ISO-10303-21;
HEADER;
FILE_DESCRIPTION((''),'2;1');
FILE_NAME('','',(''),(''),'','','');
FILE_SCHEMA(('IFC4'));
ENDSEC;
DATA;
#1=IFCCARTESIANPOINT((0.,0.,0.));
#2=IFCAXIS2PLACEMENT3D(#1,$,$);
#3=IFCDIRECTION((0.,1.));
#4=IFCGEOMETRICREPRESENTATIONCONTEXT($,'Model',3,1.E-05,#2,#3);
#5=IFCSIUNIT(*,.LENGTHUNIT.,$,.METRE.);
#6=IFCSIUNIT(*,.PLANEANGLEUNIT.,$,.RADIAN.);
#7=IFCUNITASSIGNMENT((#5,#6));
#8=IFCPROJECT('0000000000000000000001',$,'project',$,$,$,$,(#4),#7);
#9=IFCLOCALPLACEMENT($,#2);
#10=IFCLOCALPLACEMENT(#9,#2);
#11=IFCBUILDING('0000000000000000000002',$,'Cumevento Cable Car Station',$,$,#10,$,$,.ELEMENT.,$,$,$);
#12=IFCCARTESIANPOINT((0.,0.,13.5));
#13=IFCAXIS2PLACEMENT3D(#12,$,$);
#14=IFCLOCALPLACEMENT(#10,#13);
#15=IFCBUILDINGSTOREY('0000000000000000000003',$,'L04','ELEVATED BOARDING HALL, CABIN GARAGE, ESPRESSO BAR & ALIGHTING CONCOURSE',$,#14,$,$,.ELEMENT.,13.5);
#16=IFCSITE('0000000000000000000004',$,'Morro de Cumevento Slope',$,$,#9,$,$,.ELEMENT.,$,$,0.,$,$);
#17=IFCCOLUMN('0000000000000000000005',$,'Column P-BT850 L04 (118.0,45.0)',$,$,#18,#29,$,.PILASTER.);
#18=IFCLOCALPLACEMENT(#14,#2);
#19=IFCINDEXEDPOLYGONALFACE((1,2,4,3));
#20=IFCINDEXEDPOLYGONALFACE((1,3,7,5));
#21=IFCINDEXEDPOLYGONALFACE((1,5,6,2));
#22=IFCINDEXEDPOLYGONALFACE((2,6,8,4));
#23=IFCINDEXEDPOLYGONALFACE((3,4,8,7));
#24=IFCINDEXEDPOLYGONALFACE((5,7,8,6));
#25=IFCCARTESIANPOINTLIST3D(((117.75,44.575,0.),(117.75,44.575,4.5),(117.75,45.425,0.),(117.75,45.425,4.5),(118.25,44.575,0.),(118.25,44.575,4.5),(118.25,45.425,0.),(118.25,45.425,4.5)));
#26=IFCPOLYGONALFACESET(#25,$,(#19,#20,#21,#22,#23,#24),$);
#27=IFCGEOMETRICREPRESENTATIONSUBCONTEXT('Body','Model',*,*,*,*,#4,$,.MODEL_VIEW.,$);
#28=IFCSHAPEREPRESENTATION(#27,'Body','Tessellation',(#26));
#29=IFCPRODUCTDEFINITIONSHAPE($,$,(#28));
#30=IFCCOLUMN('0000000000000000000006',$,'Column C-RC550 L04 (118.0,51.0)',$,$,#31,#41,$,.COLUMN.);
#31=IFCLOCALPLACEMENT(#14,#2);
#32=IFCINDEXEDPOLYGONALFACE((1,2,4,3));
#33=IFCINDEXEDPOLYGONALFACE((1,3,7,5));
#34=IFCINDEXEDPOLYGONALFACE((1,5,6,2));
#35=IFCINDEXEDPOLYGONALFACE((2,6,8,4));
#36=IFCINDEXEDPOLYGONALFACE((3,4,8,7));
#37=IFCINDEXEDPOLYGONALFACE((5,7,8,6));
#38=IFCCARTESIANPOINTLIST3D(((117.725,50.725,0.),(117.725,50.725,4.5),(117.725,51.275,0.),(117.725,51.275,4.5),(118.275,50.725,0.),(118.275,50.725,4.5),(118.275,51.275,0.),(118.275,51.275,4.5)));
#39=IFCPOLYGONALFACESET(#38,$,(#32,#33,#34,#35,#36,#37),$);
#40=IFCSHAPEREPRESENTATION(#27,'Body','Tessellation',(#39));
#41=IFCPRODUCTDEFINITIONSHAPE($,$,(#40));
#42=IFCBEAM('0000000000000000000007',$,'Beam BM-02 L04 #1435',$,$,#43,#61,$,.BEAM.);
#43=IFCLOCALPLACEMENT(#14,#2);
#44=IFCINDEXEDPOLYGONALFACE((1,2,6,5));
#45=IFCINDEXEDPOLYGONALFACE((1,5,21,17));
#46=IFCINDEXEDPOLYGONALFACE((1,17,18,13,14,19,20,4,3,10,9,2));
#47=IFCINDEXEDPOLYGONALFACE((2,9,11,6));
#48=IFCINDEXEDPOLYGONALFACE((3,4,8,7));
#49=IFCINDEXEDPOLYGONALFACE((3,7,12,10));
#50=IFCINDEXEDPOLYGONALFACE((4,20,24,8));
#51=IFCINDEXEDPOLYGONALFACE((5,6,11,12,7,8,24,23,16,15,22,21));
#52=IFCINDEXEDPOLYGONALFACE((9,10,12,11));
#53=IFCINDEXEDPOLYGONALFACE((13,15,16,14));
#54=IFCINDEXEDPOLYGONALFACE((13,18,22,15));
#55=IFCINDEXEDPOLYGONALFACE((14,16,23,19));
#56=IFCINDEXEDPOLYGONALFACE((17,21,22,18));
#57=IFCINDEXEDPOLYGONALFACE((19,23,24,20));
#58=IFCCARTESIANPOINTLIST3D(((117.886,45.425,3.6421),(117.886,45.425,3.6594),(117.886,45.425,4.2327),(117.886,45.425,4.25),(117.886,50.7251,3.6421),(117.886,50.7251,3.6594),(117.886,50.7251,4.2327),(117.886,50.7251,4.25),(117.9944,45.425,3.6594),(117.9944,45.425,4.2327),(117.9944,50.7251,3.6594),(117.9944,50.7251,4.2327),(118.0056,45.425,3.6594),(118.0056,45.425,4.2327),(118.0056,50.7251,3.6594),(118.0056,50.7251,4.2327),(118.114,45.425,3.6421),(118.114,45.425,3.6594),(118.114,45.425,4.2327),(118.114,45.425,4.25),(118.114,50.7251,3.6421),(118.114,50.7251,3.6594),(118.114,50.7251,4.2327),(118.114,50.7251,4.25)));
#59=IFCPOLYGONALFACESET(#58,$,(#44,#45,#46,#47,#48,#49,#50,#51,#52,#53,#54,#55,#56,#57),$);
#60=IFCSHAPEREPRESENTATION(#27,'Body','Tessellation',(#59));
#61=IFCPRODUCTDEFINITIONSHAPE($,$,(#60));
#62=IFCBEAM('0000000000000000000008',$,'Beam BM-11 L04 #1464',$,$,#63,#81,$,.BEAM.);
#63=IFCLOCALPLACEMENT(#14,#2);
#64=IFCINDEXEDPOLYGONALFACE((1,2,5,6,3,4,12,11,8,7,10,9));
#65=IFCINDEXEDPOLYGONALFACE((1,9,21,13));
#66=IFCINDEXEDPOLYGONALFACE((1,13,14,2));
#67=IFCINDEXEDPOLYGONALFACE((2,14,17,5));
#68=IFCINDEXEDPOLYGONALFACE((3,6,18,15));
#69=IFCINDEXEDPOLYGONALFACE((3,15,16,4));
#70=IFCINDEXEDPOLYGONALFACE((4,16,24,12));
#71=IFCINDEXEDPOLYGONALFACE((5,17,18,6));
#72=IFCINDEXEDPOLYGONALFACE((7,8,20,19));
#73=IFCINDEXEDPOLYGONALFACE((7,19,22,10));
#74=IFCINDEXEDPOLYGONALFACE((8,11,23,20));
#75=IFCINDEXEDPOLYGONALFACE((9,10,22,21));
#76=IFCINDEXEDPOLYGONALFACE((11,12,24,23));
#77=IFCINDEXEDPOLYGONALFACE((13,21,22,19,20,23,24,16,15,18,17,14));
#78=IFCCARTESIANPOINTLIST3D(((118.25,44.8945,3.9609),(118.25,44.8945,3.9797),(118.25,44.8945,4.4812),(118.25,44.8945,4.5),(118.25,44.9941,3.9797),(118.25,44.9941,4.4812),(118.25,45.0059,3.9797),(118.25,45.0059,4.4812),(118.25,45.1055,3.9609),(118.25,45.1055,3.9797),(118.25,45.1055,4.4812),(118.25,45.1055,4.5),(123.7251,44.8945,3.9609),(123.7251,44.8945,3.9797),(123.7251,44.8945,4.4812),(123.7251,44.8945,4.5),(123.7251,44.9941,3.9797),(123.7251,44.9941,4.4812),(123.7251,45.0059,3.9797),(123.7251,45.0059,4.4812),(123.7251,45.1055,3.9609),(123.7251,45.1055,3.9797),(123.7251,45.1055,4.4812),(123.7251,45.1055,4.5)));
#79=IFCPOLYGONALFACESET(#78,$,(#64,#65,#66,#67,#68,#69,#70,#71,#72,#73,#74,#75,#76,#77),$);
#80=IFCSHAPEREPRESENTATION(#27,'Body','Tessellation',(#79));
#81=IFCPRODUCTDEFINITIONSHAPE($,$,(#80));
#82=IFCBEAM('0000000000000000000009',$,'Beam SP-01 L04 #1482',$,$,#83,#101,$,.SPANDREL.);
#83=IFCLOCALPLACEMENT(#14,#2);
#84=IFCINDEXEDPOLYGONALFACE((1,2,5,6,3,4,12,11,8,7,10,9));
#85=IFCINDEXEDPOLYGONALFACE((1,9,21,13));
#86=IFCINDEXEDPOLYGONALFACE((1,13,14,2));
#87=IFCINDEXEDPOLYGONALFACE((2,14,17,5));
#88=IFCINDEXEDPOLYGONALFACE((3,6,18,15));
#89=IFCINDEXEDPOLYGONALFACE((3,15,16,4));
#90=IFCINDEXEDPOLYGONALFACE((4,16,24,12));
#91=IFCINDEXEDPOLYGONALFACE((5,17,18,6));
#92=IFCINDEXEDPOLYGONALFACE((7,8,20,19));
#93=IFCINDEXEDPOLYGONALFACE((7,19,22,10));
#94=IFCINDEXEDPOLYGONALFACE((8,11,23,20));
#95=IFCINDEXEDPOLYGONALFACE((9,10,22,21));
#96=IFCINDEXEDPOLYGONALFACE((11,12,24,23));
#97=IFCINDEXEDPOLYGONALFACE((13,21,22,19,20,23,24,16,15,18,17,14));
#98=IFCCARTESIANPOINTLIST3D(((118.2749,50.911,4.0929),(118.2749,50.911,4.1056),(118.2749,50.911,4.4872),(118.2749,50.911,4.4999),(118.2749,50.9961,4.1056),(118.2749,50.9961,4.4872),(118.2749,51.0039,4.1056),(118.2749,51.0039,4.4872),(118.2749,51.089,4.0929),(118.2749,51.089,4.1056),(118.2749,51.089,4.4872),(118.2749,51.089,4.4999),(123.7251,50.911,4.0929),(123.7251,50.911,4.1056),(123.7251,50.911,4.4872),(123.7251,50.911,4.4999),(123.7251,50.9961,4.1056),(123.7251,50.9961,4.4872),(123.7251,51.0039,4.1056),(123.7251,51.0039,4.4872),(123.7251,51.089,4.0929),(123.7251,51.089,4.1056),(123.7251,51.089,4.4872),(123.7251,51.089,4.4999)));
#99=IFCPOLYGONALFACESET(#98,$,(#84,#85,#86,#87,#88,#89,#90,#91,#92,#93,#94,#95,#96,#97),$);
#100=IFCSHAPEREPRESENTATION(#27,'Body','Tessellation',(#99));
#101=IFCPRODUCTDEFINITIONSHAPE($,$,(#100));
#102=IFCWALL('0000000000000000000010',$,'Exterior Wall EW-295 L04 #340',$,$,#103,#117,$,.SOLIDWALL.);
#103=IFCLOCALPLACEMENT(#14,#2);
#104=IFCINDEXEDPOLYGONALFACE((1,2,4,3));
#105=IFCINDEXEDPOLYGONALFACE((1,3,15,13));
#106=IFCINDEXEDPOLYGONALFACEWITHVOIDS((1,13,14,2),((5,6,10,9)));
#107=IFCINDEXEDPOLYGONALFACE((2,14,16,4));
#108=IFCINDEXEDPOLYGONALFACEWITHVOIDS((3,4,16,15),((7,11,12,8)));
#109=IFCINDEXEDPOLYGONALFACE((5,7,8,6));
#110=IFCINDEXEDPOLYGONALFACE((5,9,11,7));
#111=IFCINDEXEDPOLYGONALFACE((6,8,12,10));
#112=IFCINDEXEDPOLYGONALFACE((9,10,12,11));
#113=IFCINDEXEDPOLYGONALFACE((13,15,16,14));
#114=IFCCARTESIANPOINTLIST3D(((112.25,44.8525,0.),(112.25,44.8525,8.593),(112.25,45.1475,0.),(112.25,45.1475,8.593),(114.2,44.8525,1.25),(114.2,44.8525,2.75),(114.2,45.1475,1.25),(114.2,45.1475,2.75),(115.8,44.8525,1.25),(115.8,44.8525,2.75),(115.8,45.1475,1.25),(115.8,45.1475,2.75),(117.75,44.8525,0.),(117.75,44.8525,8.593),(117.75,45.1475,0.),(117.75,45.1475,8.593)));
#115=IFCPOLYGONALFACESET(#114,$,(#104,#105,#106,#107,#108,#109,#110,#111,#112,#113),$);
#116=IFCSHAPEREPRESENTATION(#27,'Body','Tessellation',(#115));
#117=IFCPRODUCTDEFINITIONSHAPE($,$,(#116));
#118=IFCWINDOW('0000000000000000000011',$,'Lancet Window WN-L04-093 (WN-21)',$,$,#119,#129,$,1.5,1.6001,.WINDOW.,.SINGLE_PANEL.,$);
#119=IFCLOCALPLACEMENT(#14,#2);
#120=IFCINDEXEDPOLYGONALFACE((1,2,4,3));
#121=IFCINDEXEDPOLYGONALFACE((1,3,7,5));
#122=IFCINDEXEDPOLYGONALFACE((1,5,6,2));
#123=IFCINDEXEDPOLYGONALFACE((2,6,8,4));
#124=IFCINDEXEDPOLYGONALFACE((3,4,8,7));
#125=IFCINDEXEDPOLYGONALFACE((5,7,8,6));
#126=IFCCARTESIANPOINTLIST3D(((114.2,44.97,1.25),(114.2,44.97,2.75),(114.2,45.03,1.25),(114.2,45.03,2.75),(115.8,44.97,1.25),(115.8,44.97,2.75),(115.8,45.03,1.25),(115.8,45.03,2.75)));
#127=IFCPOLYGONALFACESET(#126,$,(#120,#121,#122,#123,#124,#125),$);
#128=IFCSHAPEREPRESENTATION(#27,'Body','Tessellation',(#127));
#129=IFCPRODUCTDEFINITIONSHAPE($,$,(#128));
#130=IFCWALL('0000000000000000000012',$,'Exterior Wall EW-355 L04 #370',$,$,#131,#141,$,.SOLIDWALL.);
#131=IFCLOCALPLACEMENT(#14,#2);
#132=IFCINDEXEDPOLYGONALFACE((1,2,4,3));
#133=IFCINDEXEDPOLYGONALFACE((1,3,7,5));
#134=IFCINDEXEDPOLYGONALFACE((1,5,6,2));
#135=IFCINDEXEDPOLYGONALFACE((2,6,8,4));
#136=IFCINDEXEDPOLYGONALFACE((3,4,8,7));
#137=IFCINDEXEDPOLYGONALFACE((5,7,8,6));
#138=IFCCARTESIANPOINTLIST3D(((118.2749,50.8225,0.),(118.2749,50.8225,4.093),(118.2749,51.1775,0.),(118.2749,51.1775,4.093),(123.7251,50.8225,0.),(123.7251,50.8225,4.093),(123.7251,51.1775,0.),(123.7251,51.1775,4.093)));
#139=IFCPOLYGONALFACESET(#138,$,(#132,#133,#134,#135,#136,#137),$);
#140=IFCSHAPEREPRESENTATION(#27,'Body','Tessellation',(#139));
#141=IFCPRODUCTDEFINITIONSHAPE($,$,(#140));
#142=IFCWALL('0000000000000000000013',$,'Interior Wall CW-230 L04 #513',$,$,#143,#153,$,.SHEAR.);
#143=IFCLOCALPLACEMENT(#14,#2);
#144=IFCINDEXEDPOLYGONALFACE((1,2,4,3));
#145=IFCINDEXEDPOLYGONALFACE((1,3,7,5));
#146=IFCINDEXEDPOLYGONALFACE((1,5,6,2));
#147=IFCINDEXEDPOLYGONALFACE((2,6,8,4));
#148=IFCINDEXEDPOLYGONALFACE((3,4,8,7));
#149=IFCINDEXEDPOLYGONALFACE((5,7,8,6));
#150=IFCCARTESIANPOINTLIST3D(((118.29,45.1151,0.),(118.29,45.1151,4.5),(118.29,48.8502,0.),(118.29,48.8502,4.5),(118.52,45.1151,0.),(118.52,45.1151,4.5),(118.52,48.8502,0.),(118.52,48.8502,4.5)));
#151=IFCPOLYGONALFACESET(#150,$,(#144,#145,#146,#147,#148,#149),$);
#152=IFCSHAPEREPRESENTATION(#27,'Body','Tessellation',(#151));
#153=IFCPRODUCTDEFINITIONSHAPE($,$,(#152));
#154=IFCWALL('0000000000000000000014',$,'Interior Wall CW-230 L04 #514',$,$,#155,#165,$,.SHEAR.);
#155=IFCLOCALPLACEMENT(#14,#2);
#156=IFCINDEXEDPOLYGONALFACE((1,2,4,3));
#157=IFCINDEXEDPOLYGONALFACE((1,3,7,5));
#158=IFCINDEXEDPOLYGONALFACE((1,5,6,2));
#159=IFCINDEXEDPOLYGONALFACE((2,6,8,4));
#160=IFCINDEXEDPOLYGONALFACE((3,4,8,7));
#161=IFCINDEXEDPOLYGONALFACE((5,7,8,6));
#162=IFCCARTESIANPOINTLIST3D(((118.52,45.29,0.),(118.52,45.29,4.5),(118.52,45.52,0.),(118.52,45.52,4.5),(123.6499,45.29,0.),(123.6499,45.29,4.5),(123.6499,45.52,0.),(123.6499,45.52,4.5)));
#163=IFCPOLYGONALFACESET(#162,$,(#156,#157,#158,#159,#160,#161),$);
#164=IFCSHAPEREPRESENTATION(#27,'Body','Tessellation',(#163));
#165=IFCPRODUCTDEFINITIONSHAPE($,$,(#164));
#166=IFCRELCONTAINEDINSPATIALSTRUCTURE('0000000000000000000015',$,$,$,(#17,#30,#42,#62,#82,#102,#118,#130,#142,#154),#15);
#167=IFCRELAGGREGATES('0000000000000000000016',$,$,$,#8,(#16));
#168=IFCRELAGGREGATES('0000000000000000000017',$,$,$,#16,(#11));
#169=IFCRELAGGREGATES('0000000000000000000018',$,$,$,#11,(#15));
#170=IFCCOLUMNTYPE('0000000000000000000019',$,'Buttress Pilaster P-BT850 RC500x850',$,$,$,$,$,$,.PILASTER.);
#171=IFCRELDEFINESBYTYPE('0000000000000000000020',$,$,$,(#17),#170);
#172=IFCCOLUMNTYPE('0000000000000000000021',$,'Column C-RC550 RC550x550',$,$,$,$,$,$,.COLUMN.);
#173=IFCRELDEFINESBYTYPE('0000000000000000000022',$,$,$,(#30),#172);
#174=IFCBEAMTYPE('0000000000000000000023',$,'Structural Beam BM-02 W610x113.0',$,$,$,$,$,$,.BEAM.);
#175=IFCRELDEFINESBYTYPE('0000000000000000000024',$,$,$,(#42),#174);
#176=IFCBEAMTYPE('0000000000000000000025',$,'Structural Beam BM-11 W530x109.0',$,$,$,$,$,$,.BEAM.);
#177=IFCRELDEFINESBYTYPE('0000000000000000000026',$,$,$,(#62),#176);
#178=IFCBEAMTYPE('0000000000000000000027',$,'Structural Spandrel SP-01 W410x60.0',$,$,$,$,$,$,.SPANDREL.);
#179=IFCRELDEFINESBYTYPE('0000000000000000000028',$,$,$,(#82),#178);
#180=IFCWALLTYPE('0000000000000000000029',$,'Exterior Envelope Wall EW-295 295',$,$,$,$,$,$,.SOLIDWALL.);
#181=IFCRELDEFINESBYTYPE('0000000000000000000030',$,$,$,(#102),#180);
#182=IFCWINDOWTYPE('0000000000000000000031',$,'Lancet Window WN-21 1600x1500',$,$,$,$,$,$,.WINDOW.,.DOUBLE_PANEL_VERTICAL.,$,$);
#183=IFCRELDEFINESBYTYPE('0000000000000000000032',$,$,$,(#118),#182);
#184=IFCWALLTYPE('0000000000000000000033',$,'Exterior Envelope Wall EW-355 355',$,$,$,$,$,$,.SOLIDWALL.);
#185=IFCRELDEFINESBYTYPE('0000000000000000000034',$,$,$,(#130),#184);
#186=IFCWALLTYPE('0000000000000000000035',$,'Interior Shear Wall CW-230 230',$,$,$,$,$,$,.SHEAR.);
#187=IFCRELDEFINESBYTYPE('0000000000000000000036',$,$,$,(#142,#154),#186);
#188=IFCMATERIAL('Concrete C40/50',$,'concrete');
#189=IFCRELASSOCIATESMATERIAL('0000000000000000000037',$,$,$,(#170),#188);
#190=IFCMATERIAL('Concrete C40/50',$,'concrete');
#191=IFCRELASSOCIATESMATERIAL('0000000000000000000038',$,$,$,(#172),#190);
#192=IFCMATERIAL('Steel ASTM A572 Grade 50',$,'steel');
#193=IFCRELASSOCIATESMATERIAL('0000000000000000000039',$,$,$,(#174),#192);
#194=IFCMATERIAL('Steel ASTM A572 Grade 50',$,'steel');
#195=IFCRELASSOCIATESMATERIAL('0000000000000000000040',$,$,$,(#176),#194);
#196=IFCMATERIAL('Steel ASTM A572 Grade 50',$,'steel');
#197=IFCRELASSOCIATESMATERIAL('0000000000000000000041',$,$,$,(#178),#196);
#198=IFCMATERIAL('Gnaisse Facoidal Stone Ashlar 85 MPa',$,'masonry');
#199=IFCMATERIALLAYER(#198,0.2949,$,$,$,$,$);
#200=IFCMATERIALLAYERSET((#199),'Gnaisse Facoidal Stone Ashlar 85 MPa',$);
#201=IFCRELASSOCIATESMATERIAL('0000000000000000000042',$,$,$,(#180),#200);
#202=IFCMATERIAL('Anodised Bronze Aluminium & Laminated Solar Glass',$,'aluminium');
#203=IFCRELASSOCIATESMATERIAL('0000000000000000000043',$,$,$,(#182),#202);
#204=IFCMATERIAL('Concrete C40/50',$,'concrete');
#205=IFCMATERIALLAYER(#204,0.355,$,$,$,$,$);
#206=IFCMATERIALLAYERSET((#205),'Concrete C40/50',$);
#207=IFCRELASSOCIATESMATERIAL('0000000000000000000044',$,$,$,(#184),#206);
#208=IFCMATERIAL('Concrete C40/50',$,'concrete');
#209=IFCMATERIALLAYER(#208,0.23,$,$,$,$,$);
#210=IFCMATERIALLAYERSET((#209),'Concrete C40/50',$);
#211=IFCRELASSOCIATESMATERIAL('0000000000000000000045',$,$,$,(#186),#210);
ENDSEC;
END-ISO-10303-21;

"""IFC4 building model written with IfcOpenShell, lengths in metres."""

from ifc_helpers import new_model, si_unit, direction, frame, frame_2d, origin, origin_2d, place, context, subcontext, project, spatial, rectangle, i_section, extrude, material, layer, layer_set, material_profile, profile_set, type_object, element, fill, save


model = new_model("IFC4")

# Units and contexts
model_context = context("Model", 3, precision=1e-05, world=origin(), true_north=direction((0.0, 1.0)))
body_context = subcontext(model_context, "Body", "Model", "MODEL_VIEW")
ifc_project = project(units=[si_unit("LENGTHUNIT", "METRE"), si_unit("PLANEANGLEUNIT", "RADIAN")], contexts=[model_context])

# Site, building, storey
site_placement = place(None, origin())
site = spatial("IfcSite", under=ifc_project, at=site_placement, Name="Morro de Cumevento Slope", CompositionType="ELEMENT", RefElevation=0.0)
building_placement = place(site_placement, origin())
building = spatial("IfcBuilding", under=site, at=building_placement, Name="Cumevento Cable Car Station", CompositionType="ELEMENT")
storey_placement = place(building_placement, frame((0.0, 0.0, 13.5)))
storey = spatial("IfcBuildingStorey", under=building, at=storey_placement, Name="L04", Description="ELEVATED BOARDING HALL, CABIN GARAGE, ESPRESSO BAR & ALIGHTING CONCOURSE", CompositionType="ELEMENT", Elevation=13.5)

# Columns
ifc_material_1 = material(Name="Concrete C40/50", Category="concrete")
ifc_material_profile_1 = material_profile(ifc_material_1, rectangle(XDim=0.5, YDim=0.8501, at=origin_2d()), Name="RC500x850")
ifc_profile_set_1 = profile_set([ifc_material_profile_1], Name="Concrete C40/50")
column_type_1 = type_object("IfcColumnType", Name="Buttress Pilaster P-BT850 RC500x850", PredefinedType="PILASTER", material=ifc_profile_set_1)
column_1_placement = place(storey_placement, frame((118.0, 45.0, 0.0), z_axis=(0.0, 0.0, 1.0), x_axis=(1.0, 0.0, 0.0)))
element("IfcColumn", 1, at=column_1_placement, inside=storey, type_object=column_type_1, Name="Column P-BT850 L04 (118.0,45.0)", PredefinedType="PILASTER", context=body_context, shape_type="SweptSolid", body=[
    extrude(rectangle(XDim=0.5, YDim=0.8501, at=origin_2d()), origin(), (0.0, 0.0, 1.0), 4.5),
])
ifc_material_2 = material(Name="Concrete C40/50", Category="concrete")
ifc_material_profile_2 = material_profile(ifc_material_2, rectangle(XDim=0.55, YDim=0.55, at=origin_2d()), Name="RC550x550")
ifc_profile_set_2 = profile_set([ifc_material_profile_2], Name="Concrete C40/50")
column_type_2 = type_object("IfcColumnType", Name="Column C-RC550 RC550x550", PredefinedType="COLUMN", material=ifc_profile_set_2)
column_2_placement = place(storey_placement, frame((118.0, 51.0, 0.0), z_axis=(0.0, 0.0, 1.0), x_axis=(1.0, 0.0, 0.0)))
element("IfcColumn", 2, at=column_2_placement, inside=storey, type_object=column_type_2, Name="Column C-RC550 L04 (118.0,51.0)", PredefinedType="COLUMN", context=body_context, shape_type="SweptSolid", body=[
    extrude(rectangle(XDim=0.55, YDim=0.55, at=origin_2d()), origin(), (0.0, 0.0, 1.0), 4.5),
])

# Beams
ifc_material_3 = material(Name="Steel ASTM A572 Grade 50", Category="steel")
ifc_material_profile_3 = material_profile(ifc_material_3, i_section(OverallWidth=0.228, OverallDepth=0.6079, WebThickness=0.0112, FlangeThickness=0.0173, at=origin_2d()), Name="W610x113.0")
ifc_profile_set_3 = profile_set([ifc_material_profile_3], Name="Steel ASTM A572 Grade 50")
beam_type_1 = type_object("IfcBeamType", Name="Structural Beam BM-02 W610x113.0", PredefinedType="BEAM", material=ifc_profile_set_3)
beam_1_placement = place(storey_placement, frame((118.0, 45.425, 3.946), z_axis=(0.0, 1.0, 0.0), x_axis=(-1.0, 0.0, 0.0)))
element("IfcBeam", 3, at=beam_1_placement, inside=storey, type_object=beam_type_1, Name="Beam BM-02 L04 #1435", PredefinedType="BEAM", context=body_context, shape_type="SweptSolid", body=[
    extrude(i_section(OverallWidth=0.228, OverallDepth=0.6079, WebThickness=0.0112, FlangeThickness=0.0173, at=origin_2d()), origin(), (0.0, 0.0, 1.0), 5.3),
])
ifc_material_4 = material(Name="Steel ASTM A572 Grade 50", Category="steel")
ifc_material_profile_4 = material_profile(ifc_material_4, i_section(OverallWidth=0.2109, OverallDepth=0.5391, WebThickness=0.0117, FlangeThickness=0.0188, at=origin_2d()), Name="W530x109.0")
ifc_profile_set_4 = profile_set([ifc_material_profile_4], Name="Steel ASTM A572 Grade 50")
beam_type_2 = type_object("IfcBeamType", Name="Structural Beam BM-11 W530x109.0", PredefinedType="BEAM", material=ifc_profile_set_4)
beam_2_placement = place(storey_placement, frame((118.25, 45.0, 4.2305), z_axis=(1.0, 0.0, 0.0), x_axis=(0.0, 1.0, 0.0)))
element("IfcBeam", 4, at=beam_2_placement, inside=storey, type_object=beam_type_2, Name="Beam BM-11 L04 #1464", PredefinedType="BEAM", context=body_context, shape_type="SweptSolid", body=[
    extrude(i_section(OverallWidth=0.2109, OverallDepth=0.5391, WebThickness=0.0117, FlangeThickness=0.0188, at=origin_2d()), origin(), (0.0, 0.0, 1.0), 5.4751),
])
ifc_material_5 = material(Name="Steel ASTM A572 Grade 50", Category="steel")
ifc_material_profile_5 = material_profile(ifc_material_5, i_section(OverallWidth=0.178, OverallDepth=0.407, WebThickness=0.0078, FlangeThickness=0.0127, at=origin_2d()), Name="W410x60.0")
ifc_profile_set_5 = profile_set([ifc_material_profile_5], Name="Steel ASTM A572 Grade 50")
beam_type_3 = type_object("IfcBeamType", Name="Structural Spandrel SP-01 W410x60.0", PredefinedType="SPANDREL", material=ifc_profile_set_5)
beam_3_placement = place(storey_placement, frame((118.2749, 51.0, 4.2964), z_axis=(1.0, 0.0, 0.0), x_axis=(0.0, 1.0, 0.0)))
element("IfcBeam", 5, at=beam_3_placement, inside=storey, type_object=beam_type_3, Name="Beam SP-01 L04 #1482", PredefinedType="SPANDREL", context=body_context, shape_type="SweptSolid", body=[
    extrude(i_section(OverallWidth=0.178, OverallDepth=0.407, WebThickness=0.0078, FlangeThickness=0.0127, at=origin_2d()), origin(), (0.0, 0.0, 1.0), 5.4502),
])

# Wall, opening, window
ifc_material_6 = material(Name="Gnaisse Facoidal Stone Ashlar 85 MPa", Category="masonry")
ifc_layer_1 = layer(ifc_material_6, 0.2949)
ifc_layer_set_1 = layer_set([ifc_layer_1], Name="Gnaisse Facoidal Stone Ashlar 85 MPa")
wall_type_1 = type_object("IfcWallType", Name="Exterior Envelope Wall EW-295 295", PredefinedType="SOLIDWALL", material=ifc_layer_set_1)
wall_1_placement = place(storey_placement, frame((117.75, 45.0, 0.0), z_axis=(0.0, 0.0, 1.0), x_axis=(-1.0, 0.0, 0.0)))
wall_1 = element("IfcWall", 6, at=wall_1_placement, inside=storey, type_object=wall_type_1, Name="Exterior Wall EW-295 L04 #340", PredefinedType="SOLIDWALL", context=body_context, shape_type="SweptSolid", body=[
    extrude(rectangle(XDim=5.5, YDim=0.2949, at=frame_2d((2.75, 0.0))), origin(), (0.0, 0.0, 1.0), 8.593),
])
opening_1_placement = place(wall_1_placement, frame((1.95, 0.0, 1.25)))
opening_1 = element("IfcOpeningElement", 7, at=opening_1_placement, cuts=wall_1, PredefinedType="OPENING", context=body_context, shape_type="SweptSolid", body=[
    extrude(rectangle(XDim=1.6001, YDim=1.5, at=frame_2d((0.8, 0.75))), frame((0.0, 0.1575, 0.0), z_axis=(0.0, -1.0, 0.0), x_axis=(1.0, 0.0, 0.0)), (0.0, 0.0, 1.0), 0.3149),
])
ifc_material_7 = material(Name="Anodised Bronze Aluminium & Laminated Solar Glass", Category="aluminium")
window_type = type_object("IfcWindowType", Name="Lancet Window WN-21 1600x1500", PartitioningType="DOUBLE_PANEL_VERTICAL", PredefinedType="WINDOW", material=ifc_material_7)
window_placement = place(opening_1_placement, origin())
window = element("IfcWindow", 8, at=window_placement, inside=storey, type_object=window_type, Name="Lancet Window WN-L04-093 (WN-21)", OverallHeight=1.5, OverallWidth=1.6001, PartitioningType="SINGLE_PANEL", PredefinedType="WINDOW", context=body_context, shape_type="SweptSolid", body=[
    extrude(rectangle(XDim=1.6001, YDim=1.5, at=frame_2d((0.8, 0.75))), frame((0.0, 0.03, 0.0), z_axis=(0.0, -1.0, 0.0), x_axis=(1.0, 0.0, 0.0)), (0.0, 0.0, 1.0), 0.0601),
])
fill(opening_1, window)

# Walls
ifc_material_8 = material(Name="Concrete C40/50", Category="concrete")
ifc_layer_2 = layer(ifc_material_8, 0.355)
ifc_layer_set_2 = layer_set([ifc_layer_2], Name="Concrete C40/50")
wall_type_2 = type_object("IfcWallType", Name="Exterior Envelope Wall EW-355 355", PredefinedType="SOLIDWALL", material=ifc_layer_set_2)
wall_2_placement = place(storey_placement, frame((118.2749, 51.0, 0.0), z_axis=(0.0, 0.0, 1.0), x_axis=(1.0, 0.0, 0.0)))
element("IfcWall", 9, at=wall_2_placement, inside=storey, type_object=wall_type_2, Name="Exterior Wall EW-355 L04 #370", PredefinedType="SOLIDWALL", context=body_context, shape_type="SweptSolid", body=[
    extrude(rectangle(XDim=5.4502, YDim=0.355, at=frame_2d((2.7251, 0.0))), origin(), (0.0, 0.0, 1.0), 4.093),
])
ifc_material_9 = material(Name="Concrete C40/50", Category="concrete")
ifc_layer_3 = layer(ifc_material_9, 0.23)
ifc_layer_set_3 = layer_set([ifc_layer_3], Name="Concrete C40/50")
wall_type_3 = type_object("IfcWallType", Name="Interior Shear Wall CW-230 230", PredefinedType="SHEAR", material=ifc_layer_set_3)
wall_3_placement = place(storey_placement, frame((118.405, 45.115, 0.0), z_axis=(0.0, 0.0, 1.0), x_axis=(0.0, 1.0, 0.0)))
element("IfcWall", 10, at=wall_3_placement, inside=storey, type_object=wall_type_3, Name="Interior Wall CW-230 L04 #513", PredefinedType="SHEAR", context=body_context, shape_type="SweptSolid", body=[
    extrude(rectangle(XDim=3.7351, YDim=0.23, at=frame_2d((1.8677, 0.0))), origin(), (0.0, 0.0, 1.0), 4.5),
])
wall_4_placement = place(storey_placement, frame((118.52, 45.405, 0.0), z_axis=(0.0, 0.0, 1.0), x_axis=(1.0, 0.0, 0.0)))
element("IfcWall", 11, at=wall_4_placement, inside=storey, type_object=wall_type_3, Name="Interior Wall CW-230 L04 #514", PredefinedType="SHEAR", context=body_context, shape_type="SweptSolid", body=[
    extrude(rectangle(XDim=5.1299, YDim=0.23, at=frame_2d((2.5649, 0.0))), origin(), (0.0, 0.0, 1.0), 4.5),
])

save(model, "model.ifc")
